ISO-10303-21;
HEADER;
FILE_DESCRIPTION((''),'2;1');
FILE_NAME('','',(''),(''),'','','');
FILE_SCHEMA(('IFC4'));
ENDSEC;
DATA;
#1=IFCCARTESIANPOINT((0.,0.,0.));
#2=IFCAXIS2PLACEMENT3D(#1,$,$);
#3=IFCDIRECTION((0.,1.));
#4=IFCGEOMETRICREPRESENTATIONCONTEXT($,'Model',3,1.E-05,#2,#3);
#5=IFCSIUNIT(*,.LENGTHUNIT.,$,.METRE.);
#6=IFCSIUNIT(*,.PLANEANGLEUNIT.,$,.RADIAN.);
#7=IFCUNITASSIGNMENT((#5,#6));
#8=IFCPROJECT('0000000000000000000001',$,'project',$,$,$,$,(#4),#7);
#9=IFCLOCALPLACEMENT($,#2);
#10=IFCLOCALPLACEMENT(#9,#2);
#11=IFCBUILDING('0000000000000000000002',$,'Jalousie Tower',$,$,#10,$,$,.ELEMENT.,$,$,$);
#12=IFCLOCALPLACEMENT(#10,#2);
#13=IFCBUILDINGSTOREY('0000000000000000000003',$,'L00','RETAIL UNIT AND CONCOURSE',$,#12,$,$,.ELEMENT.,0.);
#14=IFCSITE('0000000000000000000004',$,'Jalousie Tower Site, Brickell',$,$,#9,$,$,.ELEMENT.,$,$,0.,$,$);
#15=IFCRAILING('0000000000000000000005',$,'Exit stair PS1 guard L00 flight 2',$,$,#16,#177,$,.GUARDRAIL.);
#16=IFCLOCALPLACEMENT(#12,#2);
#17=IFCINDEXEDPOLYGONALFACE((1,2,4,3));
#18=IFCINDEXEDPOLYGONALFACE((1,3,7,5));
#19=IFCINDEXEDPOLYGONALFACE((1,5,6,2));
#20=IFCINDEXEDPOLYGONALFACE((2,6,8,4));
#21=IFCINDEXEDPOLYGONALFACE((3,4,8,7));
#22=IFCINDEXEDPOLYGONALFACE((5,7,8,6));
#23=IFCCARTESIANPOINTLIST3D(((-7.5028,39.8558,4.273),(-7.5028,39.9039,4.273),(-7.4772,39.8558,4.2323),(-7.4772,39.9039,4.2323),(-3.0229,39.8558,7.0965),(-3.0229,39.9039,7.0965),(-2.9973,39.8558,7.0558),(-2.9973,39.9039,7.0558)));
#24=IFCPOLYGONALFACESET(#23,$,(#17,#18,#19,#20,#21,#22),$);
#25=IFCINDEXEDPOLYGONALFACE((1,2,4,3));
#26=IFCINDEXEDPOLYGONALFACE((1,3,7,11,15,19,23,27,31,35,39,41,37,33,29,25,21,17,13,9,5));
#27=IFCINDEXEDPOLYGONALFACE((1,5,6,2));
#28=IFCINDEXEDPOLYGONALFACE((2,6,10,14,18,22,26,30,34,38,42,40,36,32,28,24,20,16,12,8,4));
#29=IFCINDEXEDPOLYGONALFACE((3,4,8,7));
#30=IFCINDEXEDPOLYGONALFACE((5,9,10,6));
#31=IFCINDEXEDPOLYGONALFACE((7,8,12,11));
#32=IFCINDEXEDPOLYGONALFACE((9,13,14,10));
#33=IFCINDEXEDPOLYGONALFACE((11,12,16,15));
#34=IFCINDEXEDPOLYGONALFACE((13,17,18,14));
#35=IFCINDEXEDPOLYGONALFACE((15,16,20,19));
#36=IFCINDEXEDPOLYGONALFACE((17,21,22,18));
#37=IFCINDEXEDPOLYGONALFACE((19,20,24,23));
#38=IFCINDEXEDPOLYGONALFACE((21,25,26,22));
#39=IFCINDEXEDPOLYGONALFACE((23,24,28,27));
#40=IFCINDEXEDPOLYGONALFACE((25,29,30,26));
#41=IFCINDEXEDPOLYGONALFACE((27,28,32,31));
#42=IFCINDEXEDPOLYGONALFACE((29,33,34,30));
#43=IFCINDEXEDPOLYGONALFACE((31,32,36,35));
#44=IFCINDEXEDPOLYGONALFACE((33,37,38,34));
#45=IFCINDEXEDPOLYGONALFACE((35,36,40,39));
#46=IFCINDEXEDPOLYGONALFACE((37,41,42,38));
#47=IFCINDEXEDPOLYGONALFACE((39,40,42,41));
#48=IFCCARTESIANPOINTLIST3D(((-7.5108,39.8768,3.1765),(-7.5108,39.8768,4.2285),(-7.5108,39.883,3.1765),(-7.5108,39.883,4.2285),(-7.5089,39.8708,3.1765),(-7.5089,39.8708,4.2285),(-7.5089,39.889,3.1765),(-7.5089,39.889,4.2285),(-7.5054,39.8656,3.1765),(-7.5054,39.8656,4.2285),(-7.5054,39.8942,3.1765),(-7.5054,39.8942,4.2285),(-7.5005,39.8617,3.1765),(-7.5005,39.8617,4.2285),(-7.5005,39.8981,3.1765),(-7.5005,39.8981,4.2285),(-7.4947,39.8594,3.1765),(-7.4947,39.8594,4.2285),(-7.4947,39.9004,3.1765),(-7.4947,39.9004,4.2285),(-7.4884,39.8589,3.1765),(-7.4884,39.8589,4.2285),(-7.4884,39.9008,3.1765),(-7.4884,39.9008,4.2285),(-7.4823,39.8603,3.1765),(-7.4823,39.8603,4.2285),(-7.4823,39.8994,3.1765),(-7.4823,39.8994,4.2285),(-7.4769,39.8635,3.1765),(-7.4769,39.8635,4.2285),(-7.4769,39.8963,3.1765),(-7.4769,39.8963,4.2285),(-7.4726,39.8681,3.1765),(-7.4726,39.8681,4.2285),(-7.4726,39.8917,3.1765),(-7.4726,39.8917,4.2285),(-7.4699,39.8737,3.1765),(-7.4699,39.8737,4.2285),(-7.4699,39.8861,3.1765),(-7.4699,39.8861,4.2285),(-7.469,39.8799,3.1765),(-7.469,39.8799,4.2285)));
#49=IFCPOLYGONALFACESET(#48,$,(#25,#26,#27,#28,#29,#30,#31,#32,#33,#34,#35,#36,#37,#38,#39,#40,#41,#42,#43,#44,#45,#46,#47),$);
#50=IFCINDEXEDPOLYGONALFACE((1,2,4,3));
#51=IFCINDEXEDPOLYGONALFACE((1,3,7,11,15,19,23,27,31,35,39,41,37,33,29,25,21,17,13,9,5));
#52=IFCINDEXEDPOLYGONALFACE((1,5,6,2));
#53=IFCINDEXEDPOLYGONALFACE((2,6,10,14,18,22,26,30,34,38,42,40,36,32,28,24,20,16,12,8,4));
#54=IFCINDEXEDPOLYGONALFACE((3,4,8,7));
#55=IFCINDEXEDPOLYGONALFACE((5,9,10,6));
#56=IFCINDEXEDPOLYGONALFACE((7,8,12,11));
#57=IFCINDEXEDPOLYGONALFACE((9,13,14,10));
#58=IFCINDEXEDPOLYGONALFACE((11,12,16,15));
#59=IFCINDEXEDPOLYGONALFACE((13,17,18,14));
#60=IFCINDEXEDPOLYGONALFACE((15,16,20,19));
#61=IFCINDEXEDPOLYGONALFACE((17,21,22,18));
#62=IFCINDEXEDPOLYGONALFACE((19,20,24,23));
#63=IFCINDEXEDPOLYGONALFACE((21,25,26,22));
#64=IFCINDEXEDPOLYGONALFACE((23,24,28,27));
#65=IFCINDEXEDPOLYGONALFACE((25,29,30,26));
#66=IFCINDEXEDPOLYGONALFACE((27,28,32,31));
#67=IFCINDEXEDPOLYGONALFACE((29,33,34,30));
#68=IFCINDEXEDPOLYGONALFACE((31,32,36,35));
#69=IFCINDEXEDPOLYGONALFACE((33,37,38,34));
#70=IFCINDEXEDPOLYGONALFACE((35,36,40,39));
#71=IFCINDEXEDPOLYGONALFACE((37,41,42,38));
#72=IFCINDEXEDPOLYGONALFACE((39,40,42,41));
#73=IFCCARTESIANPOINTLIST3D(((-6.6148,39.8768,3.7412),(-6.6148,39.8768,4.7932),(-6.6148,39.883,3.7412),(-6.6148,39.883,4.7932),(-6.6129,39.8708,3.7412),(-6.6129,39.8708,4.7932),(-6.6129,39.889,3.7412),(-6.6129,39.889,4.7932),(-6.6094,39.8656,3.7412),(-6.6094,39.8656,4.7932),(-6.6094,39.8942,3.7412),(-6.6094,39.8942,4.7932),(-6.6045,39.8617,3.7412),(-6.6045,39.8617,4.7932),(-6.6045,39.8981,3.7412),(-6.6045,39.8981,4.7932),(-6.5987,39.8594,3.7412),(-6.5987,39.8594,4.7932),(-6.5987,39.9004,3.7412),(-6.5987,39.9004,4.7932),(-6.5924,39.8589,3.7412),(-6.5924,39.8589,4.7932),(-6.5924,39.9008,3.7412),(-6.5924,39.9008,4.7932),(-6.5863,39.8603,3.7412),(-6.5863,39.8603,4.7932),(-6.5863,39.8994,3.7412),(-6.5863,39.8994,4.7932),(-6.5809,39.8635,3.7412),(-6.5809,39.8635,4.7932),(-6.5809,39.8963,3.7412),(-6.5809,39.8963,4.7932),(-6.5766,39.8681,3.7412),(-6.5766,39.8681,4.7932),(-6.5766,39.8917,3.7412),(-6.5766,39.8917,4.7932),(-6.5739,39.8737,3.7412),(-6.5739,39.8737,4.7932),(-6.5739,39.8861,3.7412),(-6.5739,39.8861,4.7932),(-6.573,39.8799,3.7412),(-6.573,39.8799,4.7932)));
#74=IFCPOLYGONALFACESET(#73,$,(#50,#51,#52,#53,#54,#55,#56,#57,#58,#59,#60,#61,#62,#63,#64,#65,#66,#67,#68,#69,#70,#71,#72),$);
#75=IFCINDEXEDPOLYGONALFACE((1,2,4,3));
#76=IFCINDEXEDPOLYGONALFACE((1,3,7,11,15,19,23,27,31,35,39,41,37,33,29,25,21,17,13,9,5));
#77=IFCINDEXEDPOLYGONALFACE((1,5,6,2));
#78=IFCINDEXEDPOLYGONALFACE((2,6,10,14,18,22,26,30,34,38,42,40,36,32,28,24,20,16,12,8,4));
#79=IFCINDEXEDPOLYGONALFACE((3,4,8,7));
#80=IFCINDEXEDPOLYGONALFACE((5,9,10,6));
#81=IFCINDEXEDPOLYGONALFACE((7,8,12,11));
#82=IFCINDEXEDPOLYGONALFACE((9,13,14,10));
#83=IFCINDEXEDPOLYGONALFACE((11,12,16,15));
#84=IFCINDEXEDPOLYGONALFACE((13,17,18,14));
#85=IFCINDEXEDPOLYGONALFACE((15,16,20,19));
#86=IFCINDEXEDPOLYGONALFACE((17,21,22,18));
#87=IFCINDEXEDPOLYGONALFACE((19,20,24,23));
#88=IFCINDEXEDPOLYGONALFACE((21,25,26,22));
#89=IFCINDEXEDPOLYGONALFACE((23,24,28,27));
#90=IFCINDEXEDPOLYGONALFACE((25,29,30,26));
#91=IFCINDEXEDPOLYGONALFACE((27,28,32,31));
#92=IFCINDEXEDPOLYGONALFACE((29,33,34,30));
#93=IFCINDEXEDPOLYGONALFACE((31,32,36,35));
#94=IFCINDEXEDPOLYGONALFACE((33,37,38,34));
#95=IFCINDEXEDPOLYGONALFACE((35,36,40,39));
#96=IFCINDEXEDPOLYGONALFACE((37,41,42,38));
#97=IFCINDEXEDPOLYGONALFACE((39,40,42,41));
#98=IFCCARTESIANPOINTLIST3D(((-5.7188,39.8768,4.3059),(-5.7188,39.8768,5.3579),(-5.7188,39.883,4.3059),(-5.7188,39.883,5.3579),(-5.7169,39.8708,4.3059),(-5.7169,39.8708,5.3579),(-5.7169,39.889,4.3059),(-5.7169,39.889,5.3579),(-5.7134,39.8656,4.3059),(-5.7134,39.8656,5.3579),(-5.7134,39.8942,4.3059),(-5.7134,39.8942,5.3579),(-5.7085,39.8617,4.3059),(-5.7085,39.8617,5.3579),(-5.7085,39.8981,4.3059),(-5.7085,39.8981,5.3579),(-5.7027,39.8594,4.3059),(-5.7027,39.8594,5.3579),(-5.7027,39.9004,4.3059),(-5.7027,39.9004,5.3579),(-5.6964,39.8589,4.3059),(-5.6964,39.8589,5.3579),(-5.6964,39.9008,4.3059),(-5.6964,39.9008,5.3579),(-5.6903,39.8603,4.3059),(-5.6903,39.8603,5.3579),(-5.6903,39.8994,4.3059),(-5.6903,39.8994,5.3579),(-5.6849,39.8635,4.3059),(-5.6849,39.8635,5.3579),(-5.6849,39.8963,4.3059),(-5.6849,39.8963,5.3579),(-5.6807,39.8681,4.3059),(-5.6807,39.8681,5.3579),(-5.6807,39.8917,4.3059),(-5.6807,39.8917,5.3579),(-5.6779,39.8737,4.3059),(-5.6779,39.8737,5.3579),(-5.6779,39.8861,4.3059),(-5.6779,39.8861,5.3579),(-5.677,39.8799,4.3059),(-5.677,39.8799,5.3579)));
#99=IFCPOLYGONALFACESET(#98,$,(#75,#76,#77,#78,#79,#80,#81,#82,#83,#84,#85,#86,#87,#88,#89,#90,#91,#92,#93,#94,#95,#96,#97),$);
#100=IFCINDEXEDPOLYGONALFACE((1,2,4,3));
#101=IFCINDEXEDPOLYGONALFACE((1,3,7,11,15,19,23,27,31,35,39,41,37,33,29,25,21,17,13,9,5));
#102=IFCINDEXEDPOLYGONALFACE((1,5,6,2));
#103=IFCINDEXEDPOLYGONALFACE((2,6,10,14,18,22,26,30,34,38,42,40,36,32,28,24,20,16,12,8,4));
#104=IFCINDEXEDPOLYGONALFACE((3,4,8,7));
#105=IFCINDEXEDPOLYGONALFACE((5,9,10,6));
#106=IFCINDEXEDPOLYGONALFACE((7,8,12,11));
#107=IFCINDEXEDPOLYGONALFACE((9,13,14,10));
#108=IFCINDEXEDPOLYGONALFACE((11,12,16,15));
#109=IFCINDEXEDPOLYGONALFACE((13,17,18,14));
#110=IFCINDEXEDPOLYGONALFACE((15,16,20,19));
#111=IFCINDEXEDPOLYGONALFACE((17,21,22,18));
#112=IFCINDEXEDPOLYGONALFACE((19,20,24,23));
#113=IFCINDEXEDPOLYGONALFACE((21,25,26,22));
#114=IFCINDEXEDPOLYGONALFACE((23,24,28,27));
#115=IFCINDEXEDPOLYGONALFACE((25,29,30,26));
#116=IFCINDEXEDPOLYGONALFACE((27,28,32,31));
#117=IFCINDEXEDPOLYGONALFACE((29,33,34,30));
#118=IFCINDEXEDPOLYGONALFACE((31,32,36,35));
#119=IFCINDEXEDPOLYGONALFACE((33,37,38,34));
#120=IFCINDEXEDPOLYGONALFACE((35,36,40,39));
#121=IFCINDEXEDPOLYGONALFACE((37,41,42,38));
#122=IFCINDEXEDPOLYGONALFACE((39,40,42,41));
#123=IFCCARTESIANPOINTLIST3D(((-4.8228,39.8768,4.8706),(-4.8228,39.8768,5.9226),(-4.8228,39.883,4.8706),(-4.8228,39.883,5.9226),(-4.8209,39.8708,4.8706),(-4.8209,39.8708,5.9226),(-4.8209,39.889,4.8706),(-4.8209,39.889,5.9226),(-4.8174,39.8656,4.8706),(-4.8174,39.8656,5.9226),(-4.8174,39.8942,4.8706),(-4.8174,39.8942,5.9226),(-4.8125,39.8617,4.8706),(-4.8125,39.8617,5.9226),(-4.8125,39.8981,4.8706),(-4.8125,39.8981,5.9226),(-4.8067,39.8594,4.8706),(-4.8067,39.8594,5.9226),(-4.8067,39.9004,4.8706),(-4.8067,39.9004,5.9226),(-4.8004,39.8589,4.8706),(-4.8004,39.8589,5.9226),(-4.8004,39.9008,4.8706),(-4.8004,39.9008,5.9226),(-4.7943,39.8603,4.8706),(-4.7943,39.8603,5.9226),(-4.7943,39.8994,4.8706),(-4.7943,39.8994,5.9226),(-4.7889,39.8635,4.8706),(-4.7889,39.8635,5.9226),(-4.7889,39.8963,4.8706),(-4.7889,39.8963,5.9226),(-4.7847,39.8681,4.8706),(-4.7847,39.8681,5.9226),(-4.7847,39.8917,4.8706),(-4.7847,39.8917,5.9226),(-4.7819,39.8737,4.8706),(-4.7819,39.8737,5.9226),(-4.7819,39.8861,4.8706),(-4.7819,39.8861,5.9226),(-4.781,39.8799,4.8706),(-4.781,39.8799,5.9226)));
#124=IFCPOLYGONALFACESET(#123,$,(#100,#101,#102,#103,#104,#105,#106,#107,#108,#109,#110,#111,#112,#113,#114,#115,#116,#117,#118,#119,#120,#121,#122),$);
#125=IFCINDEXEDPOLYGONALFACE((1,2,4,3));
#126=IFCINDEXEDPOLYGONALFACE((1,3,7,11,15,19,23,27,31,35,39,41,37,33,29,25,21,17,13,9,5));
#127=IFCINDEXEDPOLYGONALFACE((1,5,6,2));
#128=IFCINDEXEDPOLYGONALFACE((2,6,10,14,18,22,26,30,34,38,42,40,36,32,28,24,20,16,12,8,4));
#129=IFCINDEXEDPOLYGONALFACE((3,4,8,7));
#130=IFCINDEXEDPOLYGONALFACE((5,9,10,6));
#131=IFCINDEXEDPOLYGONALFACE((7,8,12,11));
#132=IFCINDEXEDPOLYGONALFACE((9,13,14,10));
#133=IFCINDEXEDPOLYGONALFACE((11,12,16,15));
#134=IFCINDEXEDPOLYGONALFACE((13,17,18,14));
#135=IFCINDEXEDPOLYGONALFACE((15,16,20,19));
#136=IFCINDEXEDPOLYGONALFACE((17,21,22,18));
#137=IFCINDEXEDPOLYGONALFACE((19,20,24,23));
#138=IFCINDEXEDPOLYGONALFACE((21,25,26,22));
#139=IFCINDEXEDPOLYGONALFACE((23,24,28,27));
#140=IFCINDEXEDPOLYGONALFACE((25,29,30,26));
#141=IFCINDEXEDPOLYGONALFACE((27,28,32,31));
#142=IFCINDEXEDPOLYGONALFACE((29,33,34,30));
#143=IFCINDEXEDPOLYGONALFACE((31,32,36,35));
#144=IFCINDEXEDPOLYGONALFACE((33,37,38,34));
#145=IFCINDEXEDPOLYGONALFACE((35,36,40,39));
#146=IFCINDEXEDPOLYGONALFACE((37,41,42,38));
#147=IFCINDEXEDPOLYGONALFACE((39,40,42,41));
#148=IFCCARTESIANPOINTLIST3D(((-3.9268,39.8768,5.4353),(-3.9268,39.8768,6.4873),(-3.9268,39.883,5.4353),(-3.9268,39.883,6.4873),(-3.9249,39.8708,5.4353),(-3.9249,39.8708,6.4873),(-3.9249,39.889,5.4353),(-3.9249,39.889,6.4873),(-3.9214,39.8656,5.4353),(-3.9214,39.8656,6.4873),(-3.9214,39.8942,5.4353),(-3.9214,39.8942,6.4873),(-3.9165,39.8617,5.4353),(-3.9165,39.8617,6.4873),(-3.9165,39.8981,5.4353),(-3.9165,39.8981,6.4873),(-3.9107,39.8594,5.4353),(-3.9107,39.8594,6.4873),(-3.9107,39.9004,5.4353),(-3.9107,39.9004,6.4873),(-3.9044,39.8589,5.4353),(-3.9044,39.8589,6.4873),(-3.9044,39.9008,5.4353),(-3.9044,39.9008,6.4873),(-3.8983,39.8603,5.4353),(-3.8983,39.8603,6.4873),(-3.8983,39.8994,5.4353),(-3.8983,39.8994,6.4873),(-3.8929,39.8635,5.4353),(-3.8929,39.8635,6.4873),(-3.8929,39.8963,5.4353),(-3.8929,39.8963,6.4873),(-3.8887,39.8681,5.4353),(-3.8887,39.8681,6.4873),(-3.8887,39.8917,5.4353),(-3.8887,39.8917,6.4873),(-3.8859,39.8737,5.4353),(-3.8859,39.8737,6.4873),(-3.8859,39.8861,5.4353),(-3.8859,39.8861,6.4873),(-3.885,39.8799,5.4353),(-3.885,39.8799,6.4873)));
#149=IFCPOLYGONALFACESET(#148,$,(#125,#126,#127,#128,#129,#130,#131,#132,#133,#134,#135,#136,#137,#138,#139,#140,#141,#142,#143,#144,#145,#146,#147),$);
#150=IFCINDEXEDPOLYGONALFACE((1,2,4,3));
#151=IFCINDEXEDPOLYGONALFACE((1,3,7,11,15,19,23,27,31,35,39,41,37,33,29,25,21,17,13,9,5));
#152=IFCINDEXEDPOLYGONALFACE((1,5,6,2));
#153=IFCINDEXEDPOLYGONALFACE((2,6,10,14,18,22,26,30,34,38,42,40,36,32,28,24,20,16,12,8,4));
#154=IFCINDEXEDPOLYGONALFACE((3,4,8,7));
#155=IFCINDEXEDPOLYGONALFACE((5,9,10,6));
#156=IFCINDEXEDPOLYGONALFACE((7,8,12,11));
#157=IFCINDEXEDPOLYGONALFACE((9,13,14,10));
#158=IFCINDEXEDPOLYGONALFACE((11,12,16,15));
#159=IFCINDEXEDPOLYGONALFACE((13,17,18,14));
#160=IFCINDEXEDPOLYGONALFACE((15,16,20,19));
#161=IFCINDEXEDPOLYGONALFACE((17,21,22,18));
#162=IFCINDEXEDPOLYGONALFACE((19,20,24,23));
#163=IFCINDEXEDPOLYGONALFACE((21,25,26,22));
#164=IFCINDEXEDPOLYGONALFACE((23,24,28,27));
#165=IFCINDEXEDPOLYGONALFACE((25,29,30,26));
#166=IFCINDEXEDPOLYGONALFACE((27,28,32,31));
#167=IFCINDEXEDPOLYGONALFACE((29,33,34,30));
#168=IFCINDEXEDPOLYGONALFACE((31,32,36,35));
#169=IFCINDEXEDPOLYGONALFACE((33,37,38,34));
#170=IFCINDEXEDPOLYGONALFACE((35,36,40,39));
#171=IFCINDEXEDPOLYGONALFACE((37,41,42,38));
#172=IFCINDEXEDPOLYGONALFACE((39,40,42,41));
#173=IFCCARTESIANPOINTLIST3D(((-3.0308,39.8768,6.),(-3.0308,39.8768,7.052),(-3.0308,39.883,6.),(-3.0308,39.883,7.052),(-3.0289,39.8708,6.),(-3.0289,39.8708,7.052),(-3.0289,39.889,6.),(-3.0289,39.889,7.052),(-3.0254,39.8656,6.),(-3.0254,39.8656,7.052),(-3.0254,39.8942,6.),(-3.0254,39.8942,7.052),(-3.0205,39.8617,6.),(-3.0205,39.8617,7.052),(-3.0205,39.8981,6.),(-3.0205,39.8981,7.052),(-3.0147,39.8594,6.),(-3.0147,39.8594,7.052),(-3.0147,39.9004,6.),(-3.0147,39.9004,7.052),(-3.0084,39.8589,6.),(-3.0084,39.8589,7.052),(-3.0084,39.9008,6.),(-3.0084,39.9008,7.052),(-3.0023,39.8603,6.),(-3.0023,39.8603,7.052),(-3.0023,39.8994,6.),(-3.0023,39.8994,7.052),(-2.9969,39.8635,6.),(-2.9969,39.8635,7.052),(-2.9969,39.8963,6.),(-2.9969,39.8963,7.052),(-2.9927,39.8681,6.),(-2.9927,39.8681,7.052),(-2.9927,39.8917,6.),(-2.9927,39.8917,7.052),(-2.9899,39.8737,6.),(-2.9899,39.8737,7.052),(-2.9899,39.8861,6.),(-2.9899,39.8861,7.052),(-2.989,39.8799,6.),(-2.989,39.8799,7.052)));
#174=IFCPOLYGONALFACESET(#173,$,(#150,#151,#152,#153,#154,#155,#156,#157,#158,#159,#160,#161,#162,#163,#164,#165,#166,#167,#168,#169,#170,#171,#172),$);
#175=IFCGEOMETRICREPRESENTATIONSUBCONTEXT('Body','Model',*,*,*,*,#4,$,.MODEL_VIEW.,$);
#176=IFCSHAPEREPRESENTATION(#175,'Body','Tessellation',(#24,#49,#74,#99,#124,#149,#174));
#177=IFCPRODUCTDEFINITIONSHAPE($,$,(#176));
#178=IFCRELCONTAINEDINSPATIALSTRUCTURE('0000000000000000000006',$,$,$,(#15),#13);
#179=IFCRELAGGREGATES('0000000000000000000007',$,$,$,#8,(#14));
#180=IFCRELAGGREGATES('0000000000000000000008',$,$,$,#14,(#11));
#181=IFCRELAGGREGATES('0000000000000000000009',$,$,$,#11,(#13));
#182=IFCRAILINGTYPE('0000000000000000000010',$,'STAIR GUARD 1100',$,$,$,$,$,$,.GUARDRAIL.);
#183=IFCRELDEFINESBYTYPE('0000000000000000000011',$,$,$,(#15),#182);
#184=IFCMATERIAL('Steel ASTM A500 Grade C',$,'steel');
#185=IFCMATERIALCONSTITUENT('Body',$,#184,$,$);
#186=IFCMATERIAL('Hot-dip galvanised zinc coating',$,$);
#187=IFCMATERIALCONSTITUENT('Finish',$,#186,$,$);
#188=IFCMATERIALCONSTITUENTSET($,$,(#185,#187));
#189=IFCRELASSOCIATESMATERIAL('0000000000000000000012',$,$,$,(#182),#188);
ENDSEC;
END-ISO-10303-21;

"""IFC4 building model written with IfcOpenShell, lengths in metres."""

from ifc_helpers import new_model, si_unit, direction, frame, origin, origin_2d, place, context, subcontext, project, spatial, rectangle, circle, extrude, material, constituent, constituent_set, type_object, element, save


model = new_model("IFC4")

# Units and contexts
model_context = context("Model", 3, precision=1e-05, world=origin(), true_north=direction((0.0, 1.0)))
body_context = subcontext(model_context, "Body", "Model", "MODEL_VIEW")
ifc_project = project(units=[si_unit("LENGTHUNIT", "METRE"), si_unit("PLANEANGLEUNIT", "RADIAN")], contexts=[model_context])

# Site, building, storey
site_placement = place(None, origin())
site = spatial("IfcSite", under=ifc_project, at=site_placement, Name="Jalousie Tower Site, Brickell", CompositionType="ELEMENT", RefElevation=0.0)
building_placement = place(site_placement, origin())
building = spatial("IfcBuilding", under=site, at=building_placement, Name="Jalousie Tower", CompositionType="ELEMENT")
storey_placement = place(building_placement, origin())
storey = spatial("IfcBuildingStorey", under=building, at=storey_placement, Name="L00", Description="RETAIL UNIT AND CONCOURSE", CompositionType="ELEMENT", Elevation=0.0)

# Railing
ifc_material_1 = material(Name="Steel ASTM A500 Grade C", Category="steel")
ifc_constituent_1 = constituent(ifc_material_1, Name="Body")
ifc_material_2 = material(Name="Hot-dip galvanised zinc coating")
ifc_constituent_2 = constituent(ifc_material_2, Name="Finish")
ifc_constituent_set_1 = constituent_set(constituents=[ifc_constituent_1, ifc_constituent_2])
railing_type_1 = type_object("IfcRailingType", Name="STAIR GUARD 1100", PredefinedType="GUARDRAIL", material=ifc_constituent_set_1)
railing_1_placement = place(storey_placement, frame((-7.49, 39.8799, 3.1765)))
element("IfcRailing", 1, at=railing_1_placement, inside=storey, type_object=railing_type_1, Name="Exit stair PS1 guard L00 flight 2", PredefinedType="GUARDRAIL", context=body_context, shape_type="SweptSolid", body=[
    extrude(rectangle(XDim=0.0481, YDim=0.0481, at=origin_2d()), frame((0.0, 0.0, 1.0762), z_axis=(0.845998, 0.0, 0.533186), x_axis=(0.0, 1.0, 0.0)), (0.0, 0.0, 1.0), 5.2954),
    extrude(circle(Radius=0.021, at=origin_2d()), origin(), (0.0, 0.0, 1.0), 1.052),
    extrude(circle(Radius=0.021, at=origin_2d()), frame((0.896, 0.0, 0.5647)), (0.0, 0.0, 1.0), 1.052),
    extrude(circle(Radius=0.021, at=origin_2d()), frame((1.792, 0.0, 1.1294)), (0.0, 0.0, 1.0), 1.052),
    extrude(circle(Radius=0.021, at=origin_2d()), frame((2.688, 0.0, 1.6941)), (0.0, 0.0, 1.0), 1.052),
    extrude(circle(Radius=0.021, at=origin_2d()), frame((3.584, 0.0, 2.2588)), (0.0, 0.0, 1.0), 1.052),
    extrude(circle(Radius=0.021, at=origin_2d()), frame((4.48, 0.0, 2.8235)), (0.0, 0.0, 1.0), 1.052),
])

save(model, "model.ifc")
